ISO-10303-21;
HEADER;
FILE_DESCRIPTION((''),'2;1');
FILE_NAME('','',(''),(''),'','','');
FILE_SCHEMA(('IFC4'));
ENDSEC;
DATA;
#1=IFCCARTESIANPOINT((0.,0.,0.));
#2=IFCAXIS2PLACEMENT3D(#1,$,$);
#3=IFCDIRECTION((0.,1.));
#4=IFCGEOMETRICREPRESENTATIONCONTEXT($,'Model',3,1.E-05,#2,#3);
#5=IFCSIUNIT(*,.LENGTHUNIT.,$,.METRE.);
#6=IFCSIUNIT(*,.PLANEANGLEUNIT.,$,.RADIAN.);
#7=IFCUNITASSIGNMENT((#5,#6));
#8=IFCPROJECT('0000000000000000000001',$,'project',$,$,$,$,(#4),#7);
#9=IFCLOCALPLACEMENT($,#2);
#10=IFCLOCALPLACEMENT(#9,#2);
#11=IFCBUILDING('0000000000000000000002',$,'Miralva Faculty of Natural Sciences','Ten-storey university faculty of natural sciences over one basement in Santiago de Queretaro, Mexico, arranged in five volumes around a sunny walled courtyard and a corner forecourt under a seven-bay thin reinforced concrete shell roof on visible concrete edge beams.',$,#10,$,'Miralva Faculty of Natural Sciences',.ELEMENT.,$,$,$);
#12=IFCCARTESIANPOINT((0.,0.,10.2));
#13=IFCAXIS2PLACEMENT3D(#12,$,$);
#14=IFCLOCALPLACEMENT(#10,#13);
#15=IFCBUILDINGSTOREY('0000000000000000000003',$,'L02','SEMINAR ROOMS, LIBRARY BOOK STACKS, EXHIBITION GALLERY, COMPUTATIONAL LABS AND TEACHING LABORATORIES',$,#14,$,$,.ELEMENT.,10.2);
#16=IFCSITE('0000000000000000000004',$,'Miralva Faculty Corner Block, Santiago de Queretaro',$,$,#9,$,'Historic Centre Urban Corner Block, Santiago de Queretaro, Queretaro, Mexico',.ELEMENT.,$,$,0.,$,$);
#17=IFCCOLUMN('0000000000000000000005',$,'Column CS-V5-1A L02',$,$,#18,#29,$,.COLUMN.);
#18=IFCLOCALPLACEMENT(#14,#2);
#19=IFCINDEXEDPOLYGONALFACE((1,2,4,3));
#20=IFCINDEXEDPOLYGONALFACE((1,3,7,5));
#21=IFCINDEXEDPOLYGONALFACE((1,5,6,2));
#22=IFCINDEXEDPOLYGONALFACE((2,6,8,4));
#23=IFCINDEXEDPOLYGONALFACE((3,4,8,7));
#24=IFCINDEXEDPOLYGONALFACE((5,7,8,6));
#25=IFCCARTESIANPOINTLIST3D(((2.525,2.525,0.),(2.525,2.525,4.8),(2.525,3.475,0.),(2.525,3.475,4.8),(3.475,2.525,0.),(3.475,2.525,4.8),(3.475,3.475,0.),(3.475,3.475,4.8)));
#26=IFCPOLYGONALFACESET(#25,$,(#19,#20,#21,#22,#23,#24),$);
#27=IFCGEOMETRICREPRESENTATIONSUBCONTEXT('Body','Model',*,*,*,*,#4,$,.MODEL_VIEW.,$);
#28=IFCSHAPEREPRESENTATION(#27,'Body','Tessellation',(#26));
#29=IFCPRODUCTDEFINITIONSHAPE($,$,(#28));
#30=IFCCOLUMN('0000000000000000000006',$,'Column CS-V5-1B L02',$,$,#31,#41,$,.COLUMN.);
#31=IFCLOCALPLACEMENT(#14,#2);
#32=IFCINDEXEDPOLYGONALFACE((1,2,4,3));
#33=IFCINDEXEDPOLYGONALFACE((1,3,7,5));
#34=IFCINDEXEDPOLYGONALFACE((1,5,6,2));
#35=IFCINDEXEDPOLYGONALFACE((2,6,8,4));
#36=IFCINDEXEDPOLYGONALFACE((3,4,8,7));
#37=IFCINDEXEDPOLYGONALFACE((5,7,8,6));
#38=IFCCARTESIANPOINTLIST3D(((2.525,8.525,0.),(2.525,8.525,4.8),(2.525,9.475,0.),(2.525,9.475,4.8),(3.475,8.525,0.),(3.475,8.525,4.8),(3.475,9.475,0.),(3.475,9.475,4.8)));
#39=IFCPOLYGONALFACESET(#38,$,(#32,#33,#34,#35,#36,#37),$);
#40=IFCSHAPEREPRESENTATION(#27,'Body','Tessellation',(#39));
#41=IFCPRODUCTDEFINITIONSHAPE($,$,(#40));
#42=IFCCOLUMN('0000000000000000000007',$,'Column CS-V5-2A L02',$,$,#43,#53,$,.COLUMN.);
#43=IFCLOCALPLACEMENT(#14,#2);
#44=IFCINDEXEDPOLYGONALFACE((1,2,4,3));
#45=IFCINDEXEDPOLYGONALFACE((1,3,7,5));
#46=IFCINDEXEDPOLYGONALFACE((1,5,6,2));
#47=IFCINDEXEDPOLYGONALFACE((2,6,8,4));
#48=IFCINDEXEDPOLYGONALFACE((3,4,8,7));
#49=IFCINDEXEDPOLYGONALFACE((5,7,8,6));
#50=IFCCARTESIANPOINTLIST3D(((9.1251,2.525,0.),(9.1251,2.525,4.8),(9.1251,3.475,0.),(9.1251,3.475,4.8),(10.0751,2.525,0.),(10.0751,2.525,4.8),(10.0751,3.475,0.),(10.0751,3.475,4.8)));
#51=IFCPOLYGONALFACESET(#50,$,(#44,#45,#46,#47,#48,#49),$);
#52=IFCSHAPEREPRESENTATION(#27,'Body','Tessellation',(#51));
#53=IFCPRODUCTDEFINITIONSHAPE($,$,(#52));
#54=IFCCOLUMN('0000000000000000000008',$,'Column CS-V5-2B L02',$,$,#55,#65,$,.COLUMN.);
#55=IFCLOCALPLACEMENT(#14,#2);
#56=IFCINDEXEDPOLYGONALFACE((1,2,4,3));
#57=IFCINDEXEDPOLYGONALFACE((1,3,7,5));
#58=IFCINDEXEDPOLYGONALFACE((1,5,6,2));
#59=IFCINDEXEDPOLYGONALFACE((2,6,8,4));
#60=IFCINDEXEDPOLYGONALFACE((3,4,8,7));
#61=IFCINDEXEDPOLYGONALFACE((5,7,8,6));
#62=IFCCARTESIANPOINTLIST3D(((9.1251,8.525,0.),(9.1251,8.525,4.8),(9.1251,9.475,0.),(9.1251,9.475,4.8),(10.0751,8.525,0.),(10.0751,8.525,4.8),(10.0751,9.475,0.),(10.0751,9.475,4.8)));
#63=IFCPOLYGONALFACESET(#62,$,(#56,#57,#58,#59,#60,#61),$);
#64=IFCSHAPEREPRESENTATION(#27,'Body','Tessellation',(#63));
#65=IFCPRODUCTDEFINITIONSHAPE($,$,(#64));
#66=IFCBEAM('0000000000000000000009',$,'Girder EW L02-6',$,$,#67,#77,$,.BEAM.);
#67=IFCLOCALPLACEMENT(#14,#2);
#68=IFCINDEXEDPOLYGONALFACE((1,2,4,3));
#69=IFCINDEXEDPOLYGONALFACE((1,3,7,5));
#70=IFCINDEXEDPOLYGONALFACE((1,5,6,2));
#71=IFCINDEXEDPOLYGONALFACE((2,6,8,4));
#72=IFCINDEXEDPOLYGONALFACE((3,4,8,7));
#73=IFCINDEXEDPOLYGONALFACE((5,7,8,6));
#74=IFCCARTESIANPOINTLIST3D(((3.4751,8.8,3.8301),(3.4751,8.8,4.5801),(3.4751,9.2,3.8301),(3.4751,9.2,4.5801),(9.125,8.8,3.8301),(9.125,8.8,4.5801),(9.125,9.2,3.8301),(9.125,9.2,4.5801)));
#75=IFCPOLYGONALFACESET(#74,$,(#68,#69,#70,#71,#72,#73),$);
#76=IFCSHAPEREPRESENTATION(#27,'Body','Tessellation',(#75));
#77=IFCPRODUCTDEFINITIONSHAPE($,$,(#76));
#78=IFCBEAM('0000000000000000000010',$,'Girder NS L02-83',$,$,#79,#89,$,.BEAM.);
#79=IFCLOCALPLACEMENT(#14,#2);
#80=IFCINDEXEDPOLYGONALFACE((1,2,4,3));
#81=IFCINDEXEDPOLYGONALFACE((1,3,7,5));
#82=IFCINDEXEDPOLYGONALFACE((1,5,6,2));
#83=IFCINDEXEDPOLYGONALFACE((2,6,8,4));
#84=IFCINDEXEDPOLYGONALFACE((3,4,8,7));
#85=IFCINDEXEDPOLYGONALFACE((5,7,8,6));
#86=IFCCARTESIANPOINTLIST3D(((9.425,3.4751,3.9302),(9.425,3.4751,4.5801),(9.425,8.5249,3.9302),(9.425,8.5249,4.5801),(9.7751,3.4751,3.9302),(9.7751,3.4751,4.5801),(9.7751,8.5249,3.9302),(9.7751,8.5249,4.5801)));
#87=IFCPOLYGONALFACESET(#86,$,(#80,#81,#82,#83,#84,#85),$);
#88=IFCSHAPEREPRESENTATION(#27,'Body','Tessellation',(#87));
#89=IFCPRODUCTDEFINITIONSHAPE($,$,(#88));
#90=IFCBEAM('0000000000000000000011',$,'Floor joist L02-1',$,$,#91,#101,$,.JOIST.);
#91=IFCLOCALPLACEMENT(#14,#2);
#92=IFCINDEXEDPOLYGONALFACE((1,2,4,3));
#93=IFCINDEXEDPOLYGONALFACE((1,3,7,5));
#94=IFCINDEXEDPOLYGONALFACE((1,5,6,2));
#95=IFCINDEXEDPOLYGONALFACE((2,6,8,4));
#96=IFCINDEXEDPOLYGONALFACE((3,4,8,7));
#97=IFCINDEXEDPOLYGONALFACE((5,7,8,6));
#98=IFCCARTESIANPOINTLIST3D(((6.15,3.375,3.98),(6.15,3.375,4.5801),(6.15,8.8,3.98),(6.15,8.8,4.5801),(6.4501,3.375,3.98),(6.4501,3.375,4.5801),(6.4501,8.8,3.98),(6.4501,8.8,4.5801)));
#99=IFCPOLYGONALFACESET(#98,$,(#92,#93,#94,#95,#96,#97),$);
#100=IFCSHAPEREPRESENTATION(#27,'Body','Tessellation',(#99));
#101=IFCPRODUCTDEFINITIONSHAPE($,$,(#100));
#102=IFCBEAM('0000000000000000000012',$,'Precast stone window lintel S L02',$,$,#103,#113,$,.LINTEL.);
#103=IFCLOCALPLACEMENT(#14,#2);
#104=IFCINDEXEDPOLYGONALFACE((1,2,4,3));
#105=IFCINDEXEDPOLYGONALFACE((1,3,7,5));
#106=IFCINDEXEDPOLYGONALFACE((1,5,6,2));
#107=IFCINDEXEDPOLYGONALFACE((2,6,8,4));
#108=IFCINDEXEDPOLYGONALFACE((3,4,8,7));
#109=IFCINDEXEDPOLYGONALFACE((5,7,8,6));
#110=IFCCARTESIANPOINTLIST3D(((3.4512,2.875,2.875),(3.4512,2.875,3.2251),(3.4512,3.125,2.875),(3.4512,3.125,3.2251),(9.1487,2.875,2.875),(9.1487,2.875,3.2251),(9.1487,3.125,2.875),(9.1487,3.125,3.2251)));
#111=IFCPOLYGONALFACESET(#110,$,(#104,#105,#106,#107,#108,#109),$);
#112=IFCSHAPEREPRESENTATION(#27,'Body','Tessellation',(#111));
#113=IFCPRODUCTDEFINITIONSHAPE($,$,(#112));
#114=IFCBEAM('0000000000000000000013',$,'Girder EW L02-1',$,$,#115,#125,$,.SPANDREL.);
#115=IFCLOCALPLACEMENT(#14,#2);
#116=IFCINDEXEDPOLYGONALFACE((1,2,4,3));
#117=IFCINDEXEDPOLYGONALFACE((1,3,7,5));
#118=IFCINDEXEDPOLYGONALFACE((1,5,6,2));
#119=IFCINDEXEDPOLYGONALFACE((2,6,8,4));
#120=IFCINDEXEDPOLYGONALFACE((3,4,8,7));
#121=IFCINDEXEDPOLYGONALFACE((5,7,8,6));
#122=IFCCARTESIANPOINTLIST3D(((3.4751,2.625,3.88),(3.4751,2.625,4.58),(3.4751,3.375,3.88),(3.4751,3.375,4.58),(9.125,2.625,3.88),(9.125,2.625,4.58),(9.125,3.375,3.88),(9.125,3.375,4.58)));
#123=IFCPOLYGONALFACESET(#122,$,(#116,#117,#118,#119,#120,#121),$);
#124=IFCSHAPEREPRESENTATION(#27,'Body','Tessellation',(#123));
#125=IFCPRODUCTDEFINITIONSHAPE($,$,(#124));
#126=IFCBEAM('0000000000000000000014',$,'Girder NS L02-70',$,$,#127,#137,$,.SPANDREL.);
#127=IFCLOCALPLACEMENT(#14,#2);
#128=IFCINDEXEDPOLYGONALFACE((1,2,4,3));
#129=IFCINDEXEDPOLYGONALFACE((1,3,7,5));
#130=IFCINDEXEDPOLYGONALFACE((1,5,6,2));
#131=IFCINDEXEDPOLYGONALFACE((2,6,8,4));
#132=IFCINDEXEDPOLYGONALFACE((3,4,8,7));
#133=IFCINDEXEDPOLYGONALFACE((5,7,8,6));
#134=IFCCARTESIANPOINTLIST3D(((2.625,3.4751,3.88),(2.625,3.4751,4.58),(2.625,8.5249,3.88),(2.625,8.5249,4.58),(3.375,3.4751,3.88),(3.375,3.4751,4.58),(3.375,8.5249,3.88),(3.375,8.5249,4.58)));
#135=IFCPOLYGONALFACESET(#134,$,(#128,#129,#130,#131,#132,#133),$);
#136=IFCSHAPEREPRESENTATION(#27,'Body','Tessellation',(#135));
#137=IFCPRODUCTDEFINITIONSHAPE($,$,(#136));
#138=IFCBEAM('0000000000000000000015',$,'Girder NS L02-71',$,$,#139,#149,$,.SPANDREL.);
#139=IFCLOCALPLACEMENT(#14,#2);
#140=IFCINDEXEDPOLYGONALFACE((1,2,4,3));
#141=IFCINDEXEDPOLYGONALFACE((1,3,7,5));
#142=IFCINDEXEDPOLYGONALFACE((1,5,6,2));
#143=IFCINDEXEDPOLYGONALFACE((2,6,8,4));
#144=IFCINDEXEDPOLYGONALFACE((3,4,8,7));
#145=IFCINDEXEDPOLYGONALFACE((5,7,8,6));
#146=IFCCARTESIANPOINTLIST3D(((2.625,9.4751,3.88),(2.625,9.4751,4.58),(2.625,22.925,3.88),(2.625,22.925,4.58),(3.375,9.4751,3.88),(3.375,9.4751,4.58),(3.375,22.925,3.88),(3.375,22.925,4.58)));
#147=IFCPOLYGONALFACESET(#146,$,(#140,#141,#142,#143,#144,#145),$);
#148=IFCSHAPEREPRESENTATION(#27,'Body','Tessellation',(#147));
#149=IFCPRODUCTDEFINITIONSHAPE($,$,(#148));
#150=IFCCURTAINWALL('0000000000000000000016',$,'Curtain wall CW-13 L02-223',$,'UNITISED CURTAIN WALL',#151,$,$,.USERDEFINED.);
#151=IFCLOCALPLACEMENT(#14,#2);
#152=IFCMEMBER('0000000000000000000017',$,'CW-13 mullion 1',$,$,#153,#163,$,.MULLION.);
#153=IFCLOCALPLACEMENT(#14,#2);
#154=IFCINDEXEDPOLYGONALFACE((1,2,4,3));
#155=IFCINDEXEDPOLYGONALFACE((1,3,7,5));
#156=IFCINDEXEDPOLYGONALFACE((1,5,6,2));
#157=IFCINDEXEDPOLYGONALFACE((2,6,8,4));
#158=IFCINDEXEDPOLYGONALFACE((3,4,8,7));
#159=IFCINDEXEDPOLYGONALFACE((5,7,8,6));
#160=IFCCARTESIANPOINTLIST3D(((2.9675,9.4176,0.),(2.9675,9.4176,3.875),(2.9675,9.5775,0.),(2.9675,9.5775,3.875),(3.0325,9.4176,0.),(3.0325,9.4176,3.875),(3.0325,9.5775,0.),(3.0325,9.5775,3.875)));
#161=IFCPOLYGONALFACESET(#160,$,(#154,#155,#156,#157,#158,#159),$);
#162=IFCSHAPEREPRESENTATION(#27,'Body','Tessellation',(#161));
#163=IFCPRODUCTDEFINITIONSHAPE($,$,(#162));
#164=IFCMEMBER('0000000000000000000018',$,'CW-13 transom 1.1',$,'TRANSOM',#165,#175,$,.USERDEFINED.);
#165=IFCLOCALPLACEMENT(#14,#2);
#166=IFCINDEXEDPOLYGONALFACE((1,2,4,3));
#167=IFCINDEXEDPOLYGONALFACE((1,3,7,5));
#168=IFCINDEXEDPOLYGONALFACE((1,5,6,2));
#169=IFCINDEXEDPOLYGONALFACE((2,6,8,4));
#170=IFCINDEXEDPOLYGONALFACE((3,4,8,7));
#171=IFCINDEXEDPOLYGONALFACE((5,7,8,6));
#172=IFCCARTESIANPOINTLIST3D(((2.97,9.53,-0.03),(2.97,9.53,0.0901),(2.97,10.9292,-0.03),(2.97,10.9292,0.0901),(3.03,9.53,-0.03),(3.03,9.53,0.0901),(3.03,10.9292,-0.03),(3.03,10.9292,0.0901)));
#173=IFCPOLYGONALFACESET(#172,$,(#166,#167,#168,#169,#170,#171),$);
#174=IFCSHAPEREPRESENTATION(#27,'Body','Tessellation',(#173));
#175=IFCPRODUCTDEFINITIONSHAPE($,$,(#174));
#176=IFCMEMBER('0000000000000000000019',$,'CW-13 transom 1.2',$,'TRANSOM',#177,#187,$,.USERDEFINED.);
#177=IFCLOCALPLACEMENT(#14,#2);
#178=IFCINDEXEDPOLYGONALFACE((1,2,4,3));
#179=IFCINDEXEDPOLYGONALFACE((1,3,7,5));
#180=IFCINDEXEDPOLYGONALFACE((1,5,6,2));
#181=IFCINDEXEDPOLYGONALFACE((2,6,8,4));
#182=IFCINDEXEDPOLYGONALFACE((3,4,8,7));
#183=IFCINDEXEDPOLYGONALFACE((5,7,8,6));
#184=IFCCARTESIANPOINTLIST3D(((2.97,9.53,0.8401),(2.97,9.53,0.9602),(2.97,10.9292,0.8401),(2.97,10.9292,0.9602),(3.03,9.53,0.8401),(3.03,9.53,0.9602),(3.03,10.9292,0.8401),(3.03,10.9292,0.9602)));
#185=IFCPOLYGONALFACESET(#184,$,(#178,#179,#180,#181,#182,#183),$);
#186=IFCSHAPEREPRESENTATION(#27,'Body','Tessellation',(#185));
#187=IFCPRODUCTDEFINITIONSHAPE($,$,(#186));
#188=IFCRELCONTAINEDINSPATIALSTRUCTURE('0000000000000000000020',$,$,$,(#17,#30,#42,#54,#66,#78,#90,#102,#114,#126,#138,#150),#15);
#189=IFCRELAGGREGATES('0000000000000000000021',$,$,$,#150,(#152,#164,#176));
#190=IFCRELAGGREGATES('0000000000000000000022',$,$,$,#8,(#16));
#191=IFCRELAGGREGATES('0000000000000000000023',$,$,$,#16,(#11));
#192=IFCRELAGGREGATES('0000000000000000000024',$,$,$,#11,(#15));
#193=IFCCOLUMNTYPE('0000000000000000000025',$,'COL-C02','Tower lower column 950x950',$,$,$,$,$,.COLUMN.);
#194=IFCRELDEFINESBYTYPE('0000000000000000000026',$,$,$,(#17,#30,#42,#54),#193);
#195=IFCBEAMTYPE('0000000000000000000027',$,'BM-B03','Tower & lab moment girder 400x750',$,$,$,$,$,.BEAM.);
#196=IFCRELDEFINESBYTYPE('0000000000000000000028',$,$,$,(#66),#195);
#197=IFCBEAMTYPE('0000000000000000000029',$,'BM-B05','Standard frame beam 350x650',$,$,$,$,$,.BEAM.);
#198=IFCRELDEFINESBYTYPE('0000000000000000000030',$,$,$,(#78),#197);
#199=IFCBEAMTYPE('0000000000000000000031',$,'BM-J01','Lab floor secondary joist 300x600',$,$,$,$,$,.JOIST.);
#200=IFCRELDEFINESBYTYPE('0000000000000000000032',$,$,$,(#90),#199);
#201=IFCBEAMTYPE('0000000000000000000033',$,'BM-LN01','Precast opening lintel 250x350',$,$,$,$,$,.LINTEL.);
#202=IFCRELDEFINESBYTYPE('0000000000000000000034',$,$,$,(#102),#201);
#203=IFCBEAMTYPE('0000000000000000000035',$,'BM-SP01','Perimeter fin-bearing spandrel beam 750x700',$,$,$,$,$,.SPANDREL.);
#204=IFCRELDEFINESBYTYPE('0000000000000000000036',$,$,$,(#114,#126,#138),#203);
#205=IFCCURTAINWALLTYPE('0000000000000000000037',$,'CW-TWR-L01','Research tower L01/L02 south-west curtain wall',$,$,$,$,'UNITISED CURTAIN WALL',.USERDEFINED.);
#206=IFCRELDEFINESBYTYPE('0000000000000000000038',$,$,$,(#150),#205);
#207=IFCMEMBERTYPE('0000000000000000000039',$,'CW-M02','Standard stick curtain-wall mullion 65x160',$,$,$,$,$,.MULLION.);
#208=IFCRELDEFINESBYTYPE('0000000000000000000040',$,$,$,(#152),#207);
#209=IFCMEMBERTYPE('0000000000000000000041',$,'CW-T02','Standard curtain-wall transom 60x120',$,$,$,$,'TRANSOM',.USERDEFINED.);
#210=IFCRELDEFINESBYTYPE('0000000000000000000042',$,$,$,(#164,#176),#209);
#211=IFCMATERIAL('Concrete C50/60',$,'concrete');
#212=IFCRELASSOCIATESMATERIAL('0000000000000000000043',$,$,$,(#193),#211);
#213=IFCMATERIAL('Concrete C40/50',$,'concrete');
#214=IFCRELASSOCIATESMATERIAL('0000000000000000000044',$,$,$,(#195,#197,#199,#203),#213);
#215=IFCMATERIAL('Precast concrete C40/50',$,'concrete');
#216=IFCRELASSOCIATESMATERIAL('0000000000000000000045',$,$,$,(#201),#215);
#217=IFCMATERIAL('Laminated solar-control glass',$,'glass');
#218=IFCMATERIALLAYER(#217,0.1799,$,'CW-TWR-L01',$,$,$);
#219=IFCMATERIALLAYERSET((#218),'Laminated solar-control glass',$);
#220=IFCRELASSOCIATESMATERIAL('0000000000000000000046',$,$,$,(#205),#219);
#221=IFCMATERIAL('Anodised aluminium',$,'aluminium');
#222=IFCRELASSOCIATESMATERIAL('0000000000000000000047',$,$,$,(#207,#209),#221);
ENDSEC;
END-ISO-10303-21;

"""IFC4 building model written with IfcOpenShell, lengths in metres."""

from ifc_helpers import new_model, si_unit, direction, frame, origin, origin_2d, place, context, subcontext, project, spatial, rectangle, extrude, material, layer, layer_set, material_profile, profile_set, type_object, element, aggregate, save


model = new_model("IFC4")

# Units and contexts
model_context = context("Model", 3, precision=1e-05, world=origin(), true_north=direction((0.0, 1.0)))
body_context = subcontext(model_context, "Body", "Model", "MODEL_VIEW")
ifc_project = project(units=[si_unit("LENGTHUNIT", "METRE"), si_unit("PLANEANGLEUNIT", "RADIAN")], contexts=[model_context])

# Site, building, storey
site_placement = place(None, origin())
site = spatial("IfcSite", under=ifc_project, at=site_placement, Name="Miralva Faculty Corner Block, Santiago de Queretaro", LongName="Historic Centre Urban Corner Block, Santiago de Queretaro, Queretaro, Mexico", CompositionType="ELEMENT", RefElevation=0.0)
building_placement = place(site_placement, origin())
building = spatial("IfcBuilding", under=site, at=building_placement, Name="Miralva Faculty of Natural Sciences", Description="Ten-storey university faculty of natural sciences over one basement in Santiago de Queretaro, Mexico, arranged in five volumes around a sunny walled courtyard and a corner forecourt under a seven-bay thin reinforced concrete shell roof on visible concrete edge beams.", LongName="Miralva Faculty of Natural Sciences", CompositionType="ELEMENT")
storey_placement = place(building_placement, frame((0.0, 0.0, 10.2)))
storey = spatial("IfcBuildingStorey", under=building, at=storey_placement, Name="L02", Description="SEMINAR ROOMS, LIBRARY BOOK STACKS, EXHIBITION GALLERY, COMPUTATIONAL LABS AND TEACHING LABORATORIES", CompositionType="ELEMENT", Elevation=10.2)

# Columns
ifc_material_1 = material(Name="Concrete C50/60", Category="concrete")
ifc_material_profile_1 = material_profile(ifc_material_1, rectangle(XDim=0.95, YDim=0.95, at=origin_2d()), Name="RC 950x950")
ifc_profile_set_1 = profile_set([ifc_material_profile_1], Name="Concrete C50/60")
column_type = type_object("IfcColumnType", Name="COL-C02", Description="Tower lower column 950x950", PredefinedType="COLUMN", material=ifc_profile_set_1)
for number, where, z_axis, x_axis, name in (
    (1, (3.0, 3.0, 0.0), (0.0, 0.0, 1.0), (1.0, 0.0, 0.0), "Column CS-V5-1A L02"),
    (2, (3.0, 9.0, 0.0), (0.0, 0.0, 1.0), (1.0, 0.0, 0.0), "Column CS-V5-1B L02"),
    (3, (9.6001, 3.0, 0.0), (0.0, 0.0, 1.0), (1.0, 0.0, 0.0), "Column CS-V5-2A L02"),
    (4, (9.6001, 9.0, 0.0), (0.0, 0.0, 1.0), (1.0, 0.0, 0.0), "Column CS-V5-2B L02"),
):
    element("IfcColumn", number, at=place(storey_placement, frame(where, z_axis=z_axis, x_axis=x_axis)), inside=storey, type_object=column_type, Name=name, PredefinedType="COLUMN", context=body_context, shape_type="SweptSolid", body=[
        extrude(rectangle(XDim=0.95, YDim=0.95, at=origin_2d()), origin(), (0.0, 0.0, 1.0), 4.8),
    ])

# Beams
ifc_material_2 = material(Name="Concrete C40/50", Category="concrete")
ifc_material_profile_2 = material_profile(ifc_material_2, rectangle(XDim=0.3999, YDim=0.75, at=origin_2d()), Name="RC 400x750")
ifc_profile_set_2 = profile_set([ifc_material_profile_2], Name="Concrete C40/50")
beam_type_1 = type_object("IfcBeamType", Name="BM-B03", Description="Tower & lab moment girder 400x750", PredefinedType="BEAM", material=ifc_profile_set_2)
beam_1_placement = place(storey_placement, frame((3.4751, 9.0, 4.2051), z_axis=(1.0, 0.0, 0.0), x_axis=(0.0, 1.0, 0.0)))
element("IfcBeam", 5, at=beam_1_placement, inside=storey, type_object=beam_type_1, Name="Girder EW L02-6", PredefinedType="BEAM", context=body_context, shape_type="SweptSolid", body=[
    extrude(rectangle(XDim=0.3999, YDim=0.75, at=origin_2d()), origin(), (0.0, 0.0, 1.0), 5.6499),
])
ifc_material_profile_3 = material_profile(ifc_material_2, rectangle(XDim=0.3501, YDim=0.6499, at=origin_2d()), Name="RC 350x650")
ifc_profile_set_3 = profile_set([ifc_material_profile_3], Name="Concrete C40/50")
beam_type_2 = type_object("IfcBeamType", Name="BM-B05", Description="Standard frame beam 350x650", PredefinedType="BEAM", material=ifc_profile_set_3)
beam_2_placement = place(storey_placement, frame((9.6001, 3.4751, 4.2551), z_axis=(0.0, 1.0, 0.0), x_axis=(-1.0, 0.0, 0.0)))
element("IfcBeam", 6, at=beam_2_placement, inside=storey, type_object=beam_type_2, Name="Girder NS L02-83", PredefinedType="BEAM", context=body_context, shape_type="SweptSolid", body=[
    extrude(rectangle(XDim=0.3501, YDim=0.6499, at=origin_2d()), origin(), (0.0, 0.0, 1.0), 5.0498),
])
ifc_material_profile_4 = material_profile(ifc_material_2, rectangle(XDim=0.3, YDim=0.6001, at=origin_2d()), Name="RC 300x600")
ifc_profile_set_4 = profile_set([ifc_material_profile_4], Name="Concrete C40/50")
beam_type_3 = type_object("IfcBeamType", Name="BM-J01", Description="Lab floor secondary joist 300x600", PredefinedType="JOIST", material=ifc_profile_set_4)
beam_3_placement = place(storey_placement, frame((6.3, 3.375, 4.28), z_axis=(0.0, 1.0, 0.0), x_axis=(-1.0, 0.0, 0.0)))
element("IfcBeam", 7, at=beam_3_placement, inside=storey, type_object=beam_type_3, Name="Floor joist L02-1", PredefinedType="JOIST", context=body_context, shape_type="SweptSolid", body=[
    extrude(rectangle(XDim=0.3, YDim=0.6001, at=origin_2d()), origin(), (0.0, 0.0, 1.0), 5.425),
])
ifc_material_3 = material(Name="Precast concrete C40/50", Category="concrete")
ifc_material_profile_5 = material_profile(ifc_material_3, rectangle(XDim=0.25, YDim=0.3501, at=origin_2d()), Name="RC 250x350")
ifc_profile_set_5 = profile_set([ifc_material_profile_5], Name="Precast concrete C40/50")
beam_type_4 = type_object("IfcBeamType", Name="BM-LN01", Description="Precast opening lintel 250x350", PredefinedType="LINTEL", material=ifc_profile_set_5)
beam_4_placement = place(storey_placement, frame((3.4512, 3.0, 3.05), z_axis=(1.0, 0.0, 0.0), x_axis=(0.0, 1.0, 0.0)))
element("IfcBeam", 8, at=beam_4_placement, inside=storey, type_object=beam_type_4, Name="Precast stone window lintel S L02", PredefinedType="LINTEL", context=body_context, shape_type="SweptSolid", body=[
    extrude(rectangle(XDim=0.25, YDim=0.3501, at=origin_2d()), origin(), (0.0, 0.0, 1.0), 5.6975),
])
ifc_material_profile_6 = material_profile(ifc_material_2, rectangle(XDim=0.75, YDim=0.7, at=origin_2d()), Name="RC 750x700")
ifc_profile_set_6 = profile_set([ifc_material_profile_6], Name="Concrete C40/50")
beam_type_5 = type_object("IfcBeamType", Name="BM-SP01", Description="Perimeter fin-bearing spandrel beam 750x700", PredefinedType="SPANDREL", material=ifc_profile_set_6)
beam_5_placement = place(storey_placement, frame((3.4751, 3.0, 4.23), z_axis=(1.0, 0.0, 0.0), x_axis=(0.0, 1.0, 0.0)))
element("IfcBeam", 9, at=beam_5_placement, inside=storey, type_object=beam_type_5, Name="Girder EW L02-1", PredefinedType="SPANDREL", context=body_context, shape_type="SweptSolid", body=[
    extrude(rectangle(XDim=0.75, YDim=0.7, at=origin_2d()), origin(), (0.0, 0.0, 1.0), 5.6499),
])
beam_6_placement = place(storey_placement, frame((3.0, 3.4751, 4.23), z_axis=(0.0, 1.0, 0.0), x_axis=(-1.0, 0.0, 0.0)))
element("IfcBeam", 10, at=beam_6_placement, inside=storey, type_object=beam_type_5, Name="Girder NS L02-70", PredefinedType="SPANDREL", context=body_context, shape_type="SweptSolid", body=[
    extrude(rectangle(XDim=0.75, YDim=0.7, at=origin_2d()), origin(), (0.0, 0.0, 1.0), 5.0498),
])
beam_7_placement = place(storey_placement, frame((3.0, 9.4751, 4.23), z_axis=(0.0, 1.0, 0.0), x_axis=(-1.0, 0.0, 0.0)))
element("IfcBeam", 11, at=beam_7_placement, inside=storey, type_object=beam_type_5, Name="Girder NS L02-71", PredefinedType="SPANDREL", context=body_context, shape_type="SweptSolid", body=[
    extrude(rectangle(XDim=0.75, YDim=0.7, at=origin_2d()), origin(), (0.0, 0.0, 1.0), 13.45),
])

# Curtain wall, members
ifc_material_4 = material(Name="Laminated solar-control glass", Category="glass")
ifc_layer_1 = layer(ifc_material_4, 0.1799, Name="CW-TWR-L01")
ifc_layer_set_1 = layer_set([ifc_layer_1], Name="Laminated solar-control glass")
curtain_wall_type = type_object("IfcCurtainWallType", Name="CW-TWR-L01", Description="Research tower L01/L02 south-west curtain wall", ElementType="UNITISED CURTAIN WALL", PredefinedType="USERDEFINED", material=ifc_layer_set_1)
curtain_wall_placement = place(storey_placement, origin())
curtain_wall = element("IfcCurtainWall", 12, at=curtain_wall_placement, inside=storey, type_object=curtain_wall_type, Name="Curtain wall CW-13 L02-223", ObjectType="UNITISED CURTAIN WALL", PredefinedType="USERDEFINED")
ifc_material_5 = material(Name="Anodised aluminium", Category="aluminium")
ifc_material_profile_7 = material_profile(ifc_material_5, rectangle(XDim=0.0649, YDim=0.1599, at=origin_2d()), Name="MULLION 65x160")
ifc_profile_set_7 = profile_set([ifc_material_profile_7], Name="Anodised aluminium")
member_type_1 = type_object("IfcMemberType", Name="CW-M02", Description="Standard stick curtain-wall mullion 65x160", PredefinedType="MULLION", material=ifc_profile_set_7)
member_1_placement = place(storey_placement, frame((3.0, 9.4976, 0.0), z_axis=(0.0, 0.0, 1.0), x_axis=(-1.0, 0.0, 0.0)))
member_1 = element("IfcMember", 13, at=member_1_placement, type_object=member_type_1, Name="CW-13 mullion 1", PredefinedType="MULLION", context=body_context, shape_type="SweptSolid", body=[
    extrude(rectangle(XDim=0.0649, YDim=0.1599, at=origin_2d()), origin(), (0.0, 0.0, 1.0), 3.875),
])
ifc_material_profile_8 = material_profile(ifc_material_5, rectangle(XDim=0.0601, YDim=0.1201, at=origin_2d()), Name="TRANSOM 60x120")
ifc_profile_set_8 = profile_set([ifc_material_profile_8], Name="Anodised aluminium")
member_type_2 = type_object("IfcMemberType", Name="CW-T02", Description="Standard curtain-wall transom 60x120", ElementType="TRANSOM", PredefinedType="USERDEFINED", material=ifc_profile_set_8)
member_2_placement = place(storey_placement, frame((3.0, 9.53, 0.03), z_axis=(0.0, 1.0, 0.0), x_axis=(-1.0, 0.0, 0.0)))
member_2 = element("IfcMember", 14, at=member_2_placement, type_object=member_type_2, Name="CW-13 transom 1.1", ObjectType="TRANSOM", PredefinedType="USERDEFINED", context=body_context, shape_type="SweptSolid", body=[
    extrude(rectangle(XDim=0.0601, YDim=0.1201, at=origin_2d()), origin(), (0.0, 0.0, 1.0), 1.3992),
])
member_3_placement = place(storey_placement, frame((3.0, 9.53, 0.9001), z_axis=(0.0, 1.0, 0.0), x_axis=(-1.0, 0.0, 0.0)))
member_3 = element("IfcMember", 15, at=member_3_placement, type_object=member_type_2, Name="CW-13 transom 1.2", ObjectType="TRANSOM", PredefinedType="USERDEFINED", context=body_context, shape_type="SweptSolid", body=[
    extrude(rectangle(XDim=0.0601, YDim=0.1201, at=origin_2d()), origin(), (0.0, 0.0, 1.0), 1.3992),
])
aggregate(curtain_wall, [member_1, member_2, member_3])

save(model, "model.ifc")
